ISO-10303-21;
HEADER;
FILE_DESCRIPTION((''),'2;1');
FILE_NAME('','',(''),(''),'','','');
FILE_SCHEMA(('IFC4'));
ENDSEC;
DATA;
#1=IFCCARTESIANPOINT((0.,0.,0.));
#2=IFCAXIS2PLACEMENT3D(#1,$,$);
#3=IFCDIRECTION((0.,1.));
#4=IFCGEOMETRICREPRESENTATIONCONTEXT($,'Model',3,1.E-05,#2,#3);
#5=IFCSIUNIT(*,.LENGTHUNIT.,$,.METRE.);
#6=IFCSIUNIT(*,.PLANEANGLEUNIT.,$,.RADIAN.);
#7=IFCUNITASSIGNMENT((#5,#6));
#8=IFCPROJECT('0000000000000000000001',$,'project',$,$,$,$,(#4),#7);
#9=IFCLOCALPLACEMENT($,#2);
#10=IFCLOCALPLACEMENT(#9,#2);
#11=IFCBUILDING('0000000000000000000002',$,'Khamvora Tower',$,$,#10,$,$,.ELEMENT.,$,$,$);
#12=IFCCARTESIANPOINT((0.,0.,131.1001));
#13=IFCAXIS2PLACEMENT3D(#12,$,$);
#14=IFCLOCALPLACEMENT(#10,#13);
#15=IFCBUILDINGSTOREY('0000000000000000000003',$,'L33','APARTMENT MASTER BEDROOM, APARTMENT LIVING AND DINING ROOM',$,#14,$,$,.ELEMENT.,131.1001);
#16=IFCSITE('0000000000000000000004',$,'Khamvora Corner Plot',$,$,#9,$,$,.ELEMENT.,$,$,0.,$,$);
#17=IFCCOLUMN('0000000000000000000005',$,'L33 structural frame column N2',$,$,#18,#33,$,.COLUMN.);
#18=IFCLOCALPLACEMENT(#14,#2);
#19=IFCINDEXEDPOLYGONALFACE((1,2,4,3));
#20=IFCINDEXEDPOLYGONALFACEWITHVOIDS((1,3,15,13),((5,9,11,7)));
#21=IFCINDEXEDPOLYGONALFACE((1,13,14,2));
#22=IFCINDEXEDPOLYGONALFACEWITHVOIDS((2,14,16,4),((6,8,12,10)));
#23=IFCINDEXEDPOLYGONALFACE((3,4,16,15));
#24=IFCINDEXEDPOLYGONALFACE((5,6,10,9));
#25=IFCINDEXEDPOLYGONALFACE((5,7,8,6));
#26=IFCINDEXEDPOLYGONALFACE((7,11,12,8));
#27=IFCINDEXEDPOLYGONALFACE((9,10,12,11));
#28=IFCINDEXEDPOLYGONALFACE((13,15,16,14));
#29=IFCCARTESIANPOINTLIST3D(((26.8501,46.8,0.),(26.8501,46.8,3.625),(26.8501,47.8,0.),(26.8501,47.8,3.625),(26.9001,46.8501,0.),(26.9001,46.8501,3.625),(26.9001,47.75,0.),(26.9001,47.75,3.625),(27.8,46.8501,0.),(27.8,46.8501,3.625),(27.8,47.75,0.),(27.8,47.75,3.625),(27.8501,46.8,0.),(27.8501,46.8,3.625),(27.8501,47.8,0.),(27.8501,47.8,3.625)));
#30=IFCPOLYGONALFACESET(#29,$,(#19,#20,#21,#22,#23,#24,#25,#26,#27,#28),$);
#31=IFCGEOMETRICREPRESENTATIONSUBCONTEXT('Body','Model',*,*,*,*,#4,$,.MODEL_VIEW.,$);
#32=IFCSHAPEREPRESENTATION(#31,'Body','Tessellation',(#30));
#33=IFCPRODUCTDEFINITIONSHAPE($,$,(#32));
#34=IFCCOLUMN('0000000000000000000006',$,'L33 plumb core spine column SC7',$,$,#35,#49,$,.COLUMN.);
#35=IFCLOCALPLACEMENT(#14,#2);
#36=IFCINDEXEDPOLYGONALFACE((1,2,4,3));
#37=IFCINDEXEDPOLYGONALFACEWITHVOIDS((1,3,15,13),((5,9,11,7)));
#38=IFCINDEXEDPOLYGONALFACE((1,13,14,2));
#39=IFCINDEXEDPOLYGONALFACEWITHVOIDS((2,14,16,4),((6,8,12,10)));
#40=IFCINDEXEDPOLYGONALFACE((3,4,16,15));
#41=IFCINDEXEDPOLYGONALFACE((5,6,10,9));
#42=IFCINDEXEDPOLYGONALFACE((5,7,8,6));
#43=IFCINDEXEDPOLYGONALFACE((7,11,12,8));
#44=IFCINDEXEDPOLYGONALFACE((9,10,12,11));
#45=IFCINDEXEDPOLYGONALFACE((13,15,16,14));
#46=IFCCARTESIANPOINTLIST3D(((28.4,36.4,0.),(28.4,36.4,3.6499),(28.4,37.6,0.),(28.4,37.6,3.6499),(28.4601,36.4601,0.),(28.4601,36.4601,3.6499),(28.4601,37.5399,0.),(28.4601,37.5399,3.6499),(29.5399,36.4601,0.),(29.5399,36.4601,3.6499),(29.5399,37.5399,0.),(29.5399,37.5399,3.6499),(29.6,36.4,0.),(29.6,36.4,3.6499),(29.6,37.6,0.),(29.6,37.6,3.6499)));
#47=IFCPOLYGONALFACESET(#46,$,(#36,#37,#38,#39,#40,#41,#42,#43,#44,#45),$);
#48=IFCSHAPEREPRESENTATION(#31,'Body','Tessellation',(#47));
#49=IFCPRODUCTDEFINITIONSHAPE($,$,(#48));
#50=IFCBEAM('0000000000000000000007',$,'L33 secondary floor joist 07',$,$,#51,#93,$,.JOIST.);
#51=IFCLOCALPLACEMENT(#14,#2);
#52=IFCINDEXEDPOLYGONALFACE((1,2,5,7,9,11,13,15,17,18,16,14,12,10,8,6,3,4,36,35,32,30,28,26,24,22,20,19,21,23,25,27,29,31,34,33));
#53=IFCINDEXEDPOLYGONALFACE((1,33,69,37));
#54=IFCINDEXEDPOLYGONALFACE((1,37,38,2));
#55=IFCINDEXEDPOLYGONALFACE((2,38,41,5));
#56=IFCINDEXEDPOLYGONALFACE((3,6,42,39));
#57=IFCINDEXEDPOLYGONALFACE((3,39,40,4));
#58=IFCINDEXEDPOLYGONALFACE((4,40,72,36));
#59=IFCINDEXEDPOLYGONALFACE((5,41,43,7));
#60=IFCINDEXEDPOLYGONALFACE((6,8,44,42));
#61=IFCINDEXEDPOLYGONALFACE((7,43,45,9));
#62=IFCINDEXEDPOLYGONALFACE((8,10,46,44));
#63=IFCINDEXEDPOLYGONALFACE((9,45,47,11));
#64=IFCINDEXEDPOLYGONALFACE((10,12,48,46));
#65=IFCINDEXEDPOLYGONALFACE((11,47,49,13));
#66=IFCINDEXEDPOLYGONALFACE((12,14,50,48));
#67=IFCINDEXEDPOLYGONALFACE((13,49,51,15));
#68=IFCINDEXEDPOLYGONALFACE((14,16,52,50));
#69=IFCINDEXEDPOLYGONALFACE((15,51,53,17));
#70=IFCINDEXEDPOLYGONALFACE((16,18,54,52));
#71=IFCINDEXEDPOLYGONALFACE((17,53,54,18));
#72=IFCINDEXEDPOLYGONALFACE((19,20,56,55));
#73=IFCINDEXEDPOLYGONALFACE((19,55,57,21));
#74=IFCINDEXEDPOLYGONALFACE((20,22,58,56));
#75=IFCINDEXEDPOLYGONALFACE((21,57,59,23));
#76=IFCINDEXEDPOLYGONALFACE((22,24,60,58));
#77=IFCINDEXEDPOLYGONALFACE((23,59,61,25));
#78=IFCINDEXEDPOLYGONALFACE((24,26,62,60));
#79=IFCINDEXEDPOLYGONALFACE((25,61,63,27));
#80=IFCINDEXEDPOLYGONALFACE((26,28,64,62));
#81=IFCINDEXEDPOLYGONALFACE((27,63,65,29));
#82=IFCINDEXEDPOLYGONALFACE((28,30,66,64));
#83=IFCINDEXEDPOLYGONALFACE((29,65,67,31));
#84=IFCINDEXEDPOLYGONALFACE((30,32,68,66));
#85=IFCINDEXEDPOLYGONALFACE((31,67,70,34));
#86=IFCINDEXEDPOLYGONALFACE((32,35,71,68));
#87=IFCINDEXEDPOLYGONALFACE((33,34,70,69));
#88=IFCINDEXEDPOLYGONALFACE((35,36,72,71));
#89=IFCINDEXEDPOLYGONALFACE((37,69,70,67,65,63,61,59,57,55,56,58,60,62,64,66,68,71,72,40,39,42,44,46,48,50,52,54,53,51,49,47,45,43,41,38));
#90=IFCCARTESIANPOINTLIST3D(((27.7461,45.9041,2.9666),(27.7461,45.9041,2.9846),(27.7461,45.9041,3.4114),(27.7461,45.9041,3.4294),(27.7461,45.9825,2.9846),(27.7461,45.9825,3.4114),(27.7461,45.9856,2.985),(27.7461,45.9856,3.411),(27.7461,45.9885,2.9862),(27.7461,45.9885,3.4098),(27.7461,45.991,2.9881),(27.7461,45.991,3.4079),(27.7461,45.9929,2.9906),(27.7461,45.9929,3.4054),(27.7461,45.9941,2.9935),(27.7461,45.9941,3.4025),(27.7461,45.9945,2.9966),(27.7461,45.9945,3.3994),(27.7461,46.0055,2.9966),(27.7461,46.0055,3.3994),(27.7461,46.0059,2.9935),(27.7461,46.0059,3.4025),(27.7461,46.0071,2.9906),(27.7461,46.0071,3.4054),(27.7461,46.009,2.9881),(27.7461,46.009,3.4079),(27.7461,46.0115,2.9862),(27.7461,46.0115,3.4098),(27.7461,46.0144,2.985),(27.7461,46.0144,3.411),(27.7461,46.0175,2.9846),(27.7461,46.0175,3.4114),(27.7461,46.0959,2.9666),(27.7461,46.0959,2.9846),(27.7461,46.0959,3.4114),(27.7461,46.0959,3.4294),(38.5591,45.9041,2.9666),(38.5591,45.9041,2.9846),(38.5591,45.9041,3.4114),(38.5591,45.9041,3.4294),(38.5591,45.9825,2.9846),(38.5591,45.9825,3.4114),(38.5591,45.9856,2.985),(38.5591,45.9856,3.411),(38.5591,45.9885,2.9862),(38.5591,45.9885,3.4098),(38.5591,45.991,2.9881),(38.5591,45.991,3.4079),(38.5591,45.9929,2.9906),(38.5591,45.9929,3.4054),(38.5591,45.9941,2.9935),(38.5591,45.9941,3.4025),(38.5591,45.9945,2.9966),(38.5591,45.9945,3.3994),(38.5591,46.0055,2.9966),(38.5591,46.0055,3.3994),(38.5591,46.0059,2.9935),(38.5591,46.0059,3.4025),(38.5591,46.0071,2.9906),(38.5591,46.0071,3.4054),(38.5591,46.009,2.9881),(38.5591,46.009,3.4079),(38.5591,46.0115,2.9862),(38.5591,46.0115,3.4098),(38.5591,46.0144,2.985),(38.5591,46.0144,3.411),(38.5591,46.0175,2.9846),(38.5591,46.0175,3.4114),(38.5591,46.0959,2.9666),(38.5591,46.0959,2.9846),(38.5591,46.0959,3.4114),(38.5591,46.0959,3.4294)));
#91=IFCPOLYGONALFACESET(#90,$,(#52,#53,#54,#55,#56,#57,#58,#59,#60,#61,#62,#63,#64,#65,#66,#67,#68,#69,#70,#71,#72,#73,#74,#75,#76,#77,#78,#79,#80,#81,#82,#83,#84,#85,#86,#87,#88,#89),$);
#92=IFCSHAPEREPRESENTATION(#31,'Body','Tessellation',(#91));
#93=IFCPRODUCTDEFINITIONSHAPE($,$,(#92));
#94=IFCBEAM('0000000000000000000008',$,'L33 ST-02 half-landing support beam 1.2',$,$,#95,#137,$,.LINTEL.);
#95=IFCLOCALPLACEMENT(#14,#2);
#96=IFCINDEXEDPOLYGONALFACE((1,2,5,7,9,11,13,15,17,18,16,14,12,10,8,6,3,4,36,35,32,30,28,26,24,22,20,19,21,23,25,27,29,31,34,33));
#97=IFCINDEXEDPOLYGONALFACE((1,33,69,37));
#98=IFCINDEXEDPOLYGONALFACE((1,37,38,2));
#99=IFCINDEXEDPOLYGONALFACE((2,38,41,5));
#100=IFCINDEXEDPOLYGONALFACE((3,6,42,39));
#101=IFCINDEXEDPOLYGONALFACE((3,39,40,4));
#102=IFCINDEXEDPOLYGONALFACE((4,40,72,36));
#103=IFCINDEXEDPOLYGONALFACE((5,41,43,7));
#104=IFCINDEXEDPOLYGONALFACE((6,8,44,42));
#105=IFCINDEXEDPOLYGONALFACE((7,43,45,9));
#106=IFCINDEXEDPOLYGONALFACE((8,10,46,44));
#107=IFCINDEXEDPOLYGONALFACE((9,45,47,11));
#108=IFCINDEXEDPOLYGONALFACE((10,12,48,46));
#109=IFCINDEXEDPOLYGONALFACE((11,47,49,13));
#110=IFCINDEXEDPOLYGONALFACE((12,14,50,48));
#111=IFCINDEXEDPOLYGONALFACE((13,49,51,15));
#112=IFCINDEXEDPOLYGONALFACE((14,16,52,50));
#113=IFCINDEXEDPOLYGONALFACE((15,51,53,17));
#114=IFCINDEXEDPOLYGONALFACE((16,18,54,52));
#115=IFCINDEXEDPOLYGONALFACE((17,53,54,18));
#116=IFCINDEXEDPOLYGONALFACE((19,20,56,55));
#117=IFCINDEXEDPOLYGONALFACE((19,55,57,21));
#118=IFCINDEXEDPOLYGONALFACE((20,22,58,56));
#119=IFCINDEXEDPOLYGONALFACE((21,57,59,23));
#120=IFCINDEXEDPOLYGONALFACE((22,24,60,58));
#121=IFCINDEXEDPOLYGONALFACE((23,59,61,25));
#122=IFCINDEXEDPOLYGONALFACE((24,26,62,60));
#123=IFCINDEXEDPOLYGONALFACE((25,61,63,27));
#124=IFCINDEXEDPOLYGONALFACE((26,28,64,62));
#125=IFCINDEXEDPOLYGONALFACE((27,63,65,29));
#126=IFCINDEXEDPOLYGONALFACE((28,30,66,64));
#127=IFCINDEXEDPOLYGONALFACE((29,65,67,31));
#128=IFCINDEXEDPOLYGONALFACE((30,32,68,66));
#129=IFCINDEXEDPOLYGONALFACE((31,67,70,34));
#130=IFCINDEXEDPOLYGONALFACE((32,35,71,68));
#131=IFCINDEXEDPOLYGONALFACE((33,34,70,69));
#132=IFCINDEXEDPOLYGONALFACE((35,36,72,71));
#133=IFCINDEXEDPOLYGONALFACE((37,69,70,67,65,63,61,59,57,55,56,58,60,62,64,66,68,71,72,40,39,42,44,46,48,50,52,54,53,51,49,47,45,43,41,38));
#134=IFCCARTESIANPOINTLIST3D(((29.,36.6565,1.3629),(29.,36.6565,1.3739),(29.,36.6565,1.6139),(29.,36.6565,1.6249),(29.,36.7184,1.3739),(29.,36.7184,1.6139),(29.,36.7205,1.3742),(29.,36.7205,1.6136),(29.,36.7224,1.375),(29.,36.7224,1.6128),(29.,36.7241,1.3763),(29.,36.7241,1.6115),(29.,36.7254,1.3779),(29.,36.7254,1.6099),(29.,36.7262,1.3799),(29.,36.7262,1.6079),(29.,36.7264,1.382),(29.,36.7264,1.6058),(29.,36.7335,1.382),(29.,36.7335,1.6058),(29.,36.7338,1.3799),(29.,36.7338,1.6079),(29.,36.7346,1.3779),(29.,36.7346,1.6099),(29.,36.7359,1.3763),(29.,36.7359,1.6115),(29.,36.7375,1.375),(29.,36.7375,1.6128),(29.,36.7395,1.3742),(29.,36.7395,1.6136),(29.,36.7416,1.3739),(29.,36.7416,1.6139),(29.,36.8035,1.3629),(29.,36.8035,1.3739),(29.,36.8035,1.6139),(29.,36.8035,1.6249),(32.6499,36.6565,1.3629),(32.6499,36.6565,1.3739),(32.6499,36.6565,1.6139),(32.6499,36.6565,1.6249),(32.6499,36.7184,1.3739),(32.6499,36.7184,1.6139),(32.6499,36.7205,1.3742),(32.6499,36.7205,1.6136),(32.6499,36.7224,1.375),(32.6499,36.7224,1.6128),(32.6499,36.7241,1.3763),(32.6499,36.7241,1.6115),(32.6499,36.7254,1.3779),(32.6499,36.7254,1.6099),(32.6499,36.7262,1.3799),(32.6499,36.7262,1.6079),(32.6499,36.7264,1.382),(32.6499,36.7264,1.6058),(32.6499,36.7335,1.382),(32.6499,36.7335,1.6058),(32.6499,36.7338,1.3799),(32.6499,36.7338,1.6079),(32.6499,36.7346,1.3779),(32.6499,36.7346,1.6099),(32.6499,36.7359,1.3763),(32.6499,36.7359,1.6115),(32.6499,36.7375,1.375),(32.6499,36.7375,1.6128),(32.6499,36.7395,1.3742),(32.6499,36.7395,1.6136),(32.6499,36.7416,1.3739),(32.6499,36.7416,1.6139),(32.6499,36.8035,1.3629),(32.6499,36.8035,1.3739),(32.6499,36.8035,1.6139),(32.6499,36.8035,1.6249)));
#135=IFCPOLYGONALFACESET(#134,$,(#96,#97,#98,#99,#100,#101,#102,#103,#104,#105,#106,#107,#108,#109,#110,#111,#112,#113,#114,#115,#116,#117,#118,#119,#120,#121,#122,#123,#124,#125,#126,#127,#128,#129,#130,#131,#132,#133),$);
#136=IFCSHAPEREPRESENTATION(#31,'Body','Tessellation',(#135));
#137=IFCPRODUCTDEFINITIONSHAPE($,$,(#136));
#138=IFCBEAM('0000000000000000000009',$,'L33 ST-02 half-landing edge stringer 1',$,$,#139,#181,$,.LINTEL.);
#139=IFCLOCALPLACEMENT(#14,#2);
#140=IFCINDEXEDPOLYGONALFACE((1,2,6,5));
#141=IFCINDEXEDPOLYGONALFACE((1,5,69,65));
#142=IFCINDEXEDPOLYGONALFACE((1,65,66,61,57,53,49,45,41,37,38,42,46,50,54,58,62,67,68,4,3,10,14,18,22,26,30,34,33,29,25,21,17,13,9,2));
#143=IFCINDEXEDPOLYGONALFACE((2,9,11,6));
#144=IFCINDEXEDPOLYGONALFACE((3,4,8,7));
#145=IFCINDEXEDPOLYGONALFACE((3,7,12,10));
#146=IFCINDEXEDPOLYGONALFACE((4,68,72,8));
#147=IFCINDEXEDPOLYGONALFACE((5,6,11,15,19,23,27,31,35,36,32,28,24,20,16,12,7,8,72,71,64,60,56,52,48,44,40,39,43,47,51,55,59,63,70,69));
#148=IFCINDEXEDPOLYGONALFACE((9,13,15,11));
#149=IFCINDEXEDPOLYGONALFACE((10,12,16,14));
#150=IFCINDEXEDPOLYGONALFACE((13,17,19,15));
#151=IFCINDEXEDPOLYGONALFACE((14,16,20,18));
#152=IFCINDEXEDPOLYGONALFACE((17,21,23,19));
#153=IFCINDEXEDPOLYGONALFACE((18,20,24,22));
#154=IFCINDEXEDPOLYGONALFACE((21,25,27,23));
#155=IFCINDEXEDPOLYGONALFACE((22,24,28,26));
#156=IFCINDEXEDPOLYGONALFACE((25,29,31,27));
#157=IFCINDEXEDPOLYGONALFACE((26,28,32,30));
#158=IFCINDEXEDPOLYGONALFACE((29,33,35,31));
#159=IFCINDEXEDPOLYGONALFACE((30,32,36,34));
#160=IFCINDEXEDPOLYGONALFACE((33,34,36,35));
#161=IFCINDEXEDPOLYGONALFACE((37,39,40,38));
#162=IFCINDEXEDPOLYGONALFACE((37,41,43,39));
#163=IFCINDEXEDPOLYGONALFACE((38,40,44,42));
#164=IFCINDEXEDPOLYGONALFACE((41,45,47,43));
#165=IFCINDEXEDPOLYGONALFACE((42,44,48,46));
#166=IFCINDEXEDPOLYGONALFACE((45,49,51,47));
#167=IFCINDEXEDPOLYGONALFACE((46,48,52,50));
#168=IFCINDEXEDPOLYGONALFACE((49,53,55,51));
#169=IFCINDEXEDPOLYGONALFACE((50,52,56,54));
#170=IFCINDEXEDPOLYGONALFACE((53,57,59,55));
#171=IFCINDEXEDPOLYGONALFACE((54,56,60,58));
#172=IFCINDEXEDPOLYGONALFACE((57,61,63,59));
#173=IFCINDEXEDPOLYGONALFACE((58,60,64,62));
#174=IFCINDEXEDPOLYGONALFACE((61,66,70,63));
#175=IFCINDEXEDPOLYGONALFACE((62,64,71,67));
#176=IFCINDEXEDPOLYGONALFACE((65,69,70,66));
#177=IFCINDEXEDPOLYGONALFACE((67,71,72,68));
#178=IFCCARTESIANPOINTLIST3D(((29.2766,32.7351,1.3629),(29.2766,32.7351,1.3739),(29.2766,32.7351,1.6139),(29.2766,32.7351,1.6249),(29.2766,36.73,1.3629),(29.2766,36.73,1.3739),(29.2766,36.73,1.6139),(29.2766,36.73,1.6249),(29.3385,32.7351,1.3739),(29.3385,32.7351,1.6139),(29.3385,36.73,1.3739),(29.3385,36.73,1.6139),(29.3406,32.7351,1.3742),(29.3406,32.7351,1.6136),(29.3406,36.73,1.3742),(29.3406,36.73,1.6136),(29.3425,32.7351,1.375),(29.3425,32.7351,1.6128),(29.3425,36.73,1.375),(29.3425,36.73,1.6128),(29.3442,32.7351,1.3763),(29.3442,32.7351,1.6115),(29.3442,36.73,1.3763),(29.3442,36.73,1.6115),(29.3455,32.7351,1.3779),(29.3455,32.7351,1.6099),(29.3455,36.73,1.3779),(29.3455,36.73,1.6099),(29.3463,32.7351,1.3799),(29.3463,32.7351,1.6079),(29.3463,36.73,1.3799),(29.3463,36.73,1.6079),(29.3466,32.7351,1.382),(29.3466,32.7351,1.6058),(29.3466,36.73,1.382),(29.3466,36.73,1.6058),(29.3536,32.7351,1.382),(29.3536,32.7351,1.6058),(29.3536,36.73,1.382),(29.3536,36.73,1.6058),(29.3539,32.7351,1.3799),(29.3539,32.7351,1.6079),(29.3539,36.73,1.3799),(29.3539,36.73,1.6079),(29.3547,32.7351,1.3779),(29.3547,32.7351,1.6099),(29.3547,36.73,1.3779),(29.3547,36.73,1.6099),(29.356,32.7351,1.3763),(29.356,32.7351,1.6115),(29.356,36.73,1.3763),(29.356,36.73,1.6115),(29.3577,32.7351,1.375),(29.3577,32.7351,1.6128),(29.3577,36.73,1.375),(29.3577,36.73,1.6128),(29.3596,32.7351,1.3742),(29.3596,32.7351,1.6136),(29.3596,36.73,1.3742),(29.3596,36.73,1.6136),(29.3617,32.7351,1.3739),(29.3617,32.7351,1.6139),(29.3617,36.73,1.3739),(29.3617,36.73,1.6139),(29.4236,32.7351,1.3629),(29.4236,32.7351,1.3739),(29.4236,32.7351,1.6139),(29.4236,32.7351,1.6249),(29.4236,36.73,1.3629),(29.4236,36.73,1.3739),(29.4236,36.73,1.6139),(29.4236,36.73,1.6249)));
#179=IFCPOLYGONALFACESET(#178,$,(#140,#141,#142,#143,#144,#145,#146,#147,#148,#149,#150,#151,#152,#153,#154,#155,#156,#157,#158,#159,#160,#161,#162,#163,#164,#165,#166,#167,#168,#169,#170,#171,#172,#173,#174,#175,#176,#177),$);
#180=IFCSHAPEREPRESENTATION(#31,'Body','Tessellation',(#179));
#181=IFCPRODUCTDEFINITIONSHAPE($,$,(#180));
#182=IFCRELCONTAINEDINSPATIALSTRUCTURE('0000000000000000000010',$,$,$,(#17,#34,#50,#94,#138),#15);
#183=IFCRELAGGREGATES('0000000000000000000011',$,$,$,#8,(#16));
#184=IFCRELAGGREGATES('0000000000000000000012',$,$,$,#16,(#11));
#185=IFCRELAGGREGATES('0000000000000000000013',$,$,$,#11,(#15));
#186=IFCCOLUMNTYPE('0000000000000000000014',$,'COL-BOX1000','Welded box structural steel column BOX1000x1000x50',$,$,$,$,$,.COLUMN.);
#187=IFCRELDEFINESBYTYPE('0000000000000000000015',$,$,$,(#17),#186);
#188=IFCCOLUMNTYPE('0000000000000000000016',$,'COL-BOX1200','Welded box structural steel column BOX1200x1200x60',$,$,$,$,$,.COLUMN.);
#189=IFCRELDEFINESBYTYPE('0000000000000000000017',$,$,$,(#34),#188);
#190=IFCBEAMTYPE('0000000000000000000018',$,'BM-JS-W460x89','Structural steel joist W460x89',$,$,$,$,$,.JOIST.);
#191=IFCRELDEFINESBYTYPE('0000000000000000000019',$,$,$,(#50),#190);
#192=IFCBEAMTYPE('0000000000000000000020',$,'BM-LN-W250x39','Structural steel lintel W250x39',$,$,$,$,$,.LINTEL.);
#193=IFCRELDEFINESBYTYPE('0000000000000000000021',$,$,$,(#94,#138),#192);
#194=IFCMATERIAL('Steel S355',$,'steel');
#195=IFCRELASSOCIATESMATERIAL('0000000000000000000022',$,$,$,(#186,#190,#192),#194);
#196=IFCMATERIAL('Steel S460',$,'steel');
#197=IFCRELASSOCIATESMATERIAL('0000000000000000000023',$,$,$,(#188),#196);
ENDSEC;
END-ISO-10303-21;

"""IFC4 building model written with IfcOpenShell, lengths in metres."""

from ifc_helpers import new_model, si_unit, direction, frame, origin, origin_2d, place, context, subcontext, project, spatial, hollow_rectangle, i_section, extrude, material, material_profile, profile_set, type_object, element, save


model = new_model("IFC4")

# Units and contexts
model_context = context("Model", 3, precision=1e-05, world=origin(), true_north=direction((0.0, 1.0)))
body_context = subcontext(model_context, "Body", "Model", "MODEL_VIEW")
ifc_project = project(units=[si_unit("LENGTHUNIT", "METRE"), si_unit("PLANEANGLEUNIT", "RADIAN")], contexts=[model_context])

# Site, building, storey
site_placement = place(None, origin())
site = spatial("IfcSite", under=ifc_project, at=site_placement, Name="Khamvora Corner Plot", CompositionType="ELEMENT", RefElevation=0.0)
building_placement = place(site_placement, origin())
building = spatial("IfcBuilding", under=site, at=building_placement, Name="Khamvora Tower", CompositionType="ELEMENT")
storey_placement = place(building_placement, frame((0.0, 0.0, 131.1001)))
storey = spatial("IfcBuildingStorey", under=building, at=storey_placement, Name="L33", Description="APARTMENT MASTER BEDROOM, APARTMENT LIVING AND DINING ROOM", CompositionType="ELEMENT", Elevation=131.1001)

# Columns
ifc_material_1 = material(Name="Steel S355", Category="steel")
ifc_material_profile_1 = material_profile(ifc_material_1, hollow_rectangle(XDim=1.0, YDim=1.0, WallThickness=0.05, at=origin_2d()), Name="BOX1000x1000x50")
ifc_profile_set_1 = profile_set([ifc_material_profile_1], Name="Steel S355")
column_type_1 = type_object("IfcColumnType", Name="COL-BOX1000", Description="Welded box structural steel column BOX1000x1000x50", PredefinedType="COLUMN", material=ifc_profile_set_1)
column_1_placement = place(storey_placement, frame((27.3501, 47.3, 0.0), z_axis=(0.0, 0.0, 1.0), x_axis=(1.0, 0.0, 0.0)))
element("IfcColumn", 1, at=column_1_placement, inside=storey, type_object=column_type_1, Name="L33 structural frame column N2", PredefinedType="COLUMN", context=body_context, shape_type="SweptSolid", body=[
    extrude(hollow_rectangle(XDim=1.0, YDim=1.0, WallThickness=0.05, at=origin_2d()), origin(), (0.0, 0.0, 1.0), 3.625),
])
ifc_material_2 = material(Name="Steel S460", Category="steel")
ifc_material_profile_2 = material_profile(ifc_material_2, hollow_rectangle(XDim=1.2, YDim=1.2, WallThickness=0.0601, at=origin_2d()), Name="BOX1200x1200x60")
ifc_profile_set_2 = profile_set([ifc_material_profile_2], Name="Steel S460")
column_type_2 = type_object("IfcColumnType", Name="COL-BOX1200", Description="Welded box structural steel column BOX1200x1200x60", PredefinedType="COLUMN", material=ifc_profile_set_2)
column_2_placement = place(storey_placement, frame((29.0, 37.0, 0.0), z_axis=(0.0, 0.0, 1.0), x_axis=(1.0, 0.0, 0.0)))
element("IfcColumn", 2, at=column_2_placement, inside=storey, type_object=column_type_2, Name="L33 plumb core spine column SC7", PredefinedType="COLUMN", context=body_context, shape_type="SweptSolid", body=[
    extrude(hollow_rectangle(XDim=1.2, YDim=1.2, WallThickness=0.0601, at=origin_2d()), origin(), (0.0, 0.0, 1.0), 3.6499),
])

# Beams
ifc_material_profile_3 = material_profile(ifc_material_1, i_section(OverallWidth=0.1919, OverallDepth=0.4629, WebThickness=0.011, FlangeThickness=0.0181, FilletRadius=0.012, at=origin_2d()), Name="W460x89")
ifc_profile_set_3 = profile_set([ifc_material_profile_3], Name="Steel S355")
beam_type_1 = type_object("IfcBeamType", Name="BM-JS-W460x89", Description="Structural steel joist W460x89", PredefinedType="JOIST", material=ifc_profile_set_3)
beam_1_placement = place(storey_placement, frame((27.7461, 46.0, 3.198), z_axis=(1.0, 0.0, 0.0), x_axis=(0.0, 1.0, 0.0)))
element("IfcBeam", 3, at=beam_1_placement, inside=storey, type_object=beam_type_1, Name="L33 secondary floor joist 07", PredefinedType="JOIST", context=body_context, shape_type="SweptSolid", body=[
    extrude(i_section(OverallWidth=0.1919, OverallDepth=0.4629, WebThickness=0.011, FlangeThickness=0.0181, FilletRadius=0.012, at=origin_2d()), origin(), (0.0, 0.0, 1.0), 10.813),
])
ifc_material_profile_4 = material_profile(ifc_material_1, i_section(OverallWidth=0.147, OverallDepth=0.262, WebThickness=0.0071, FlangeThickness=0.011, FilletRadius=0.0081, at=origin_2d()), Name="W250x39")
ifc_profile_set_4 = profile_set([ifc_material_profile_4], Name="Steel S355")
beam_type_2 = type_object("IfcBeamType", Name="BM-LN-W250x39", Description="Structural steel lintel W250x39", PredefinedType="LINTEL", material=ifc_profile_set_4)
beam_2_placement = place(storey_placement, frame((29.0, 36.73, 1.4939), z_axis=(1.0, 0.0, 0.0), x_axis=(0.0, 1.0, 0.0)))
element("IfcBeam", 4, at=beam_2_placement, inside=storey, type_object=beam_type_2, Name="L33 ST-02 half-landing support beam 1.2", PredefinedType="LINTEL", context=body_context, shape_type="SweptSolid", body=[
    extrude(i_section(OverallWidth=0.147, OverallDepth=0.262, WebThickness=0.0071, FlangeThickness=0.011, FilletRadius=0.0081, at=origin_2d()), origin(), (0.0, 0.0, 1.0), 3.6499),
])
beam_3_placement = place(storey_placement, frame((29.3501, 32.7351, 1.4939), z_axis=(0.0, 1.0, 0.0), x_axis=(-1.0, 0.0, 0.0)))
element("IfcBeam", 5, at=beam_3_placement, inside=storey, type_object=beam_type_2, Name="L33 ST-02 half-landing edge stringer 1", PredefinedType="LINTEL", context=body_context, shape_type="SweptSolid", body=[
    extrude(i_section(OverallWidth=0.147, OverallDepth=0.262, WebThickness=0.0071, FlangeThickness=0.011, FilletRadius=0.0081, at=origin_2d()), origin(), (0.0, 0.0, 1.0), 3.9949),
])

save(model, "model.ifc")
